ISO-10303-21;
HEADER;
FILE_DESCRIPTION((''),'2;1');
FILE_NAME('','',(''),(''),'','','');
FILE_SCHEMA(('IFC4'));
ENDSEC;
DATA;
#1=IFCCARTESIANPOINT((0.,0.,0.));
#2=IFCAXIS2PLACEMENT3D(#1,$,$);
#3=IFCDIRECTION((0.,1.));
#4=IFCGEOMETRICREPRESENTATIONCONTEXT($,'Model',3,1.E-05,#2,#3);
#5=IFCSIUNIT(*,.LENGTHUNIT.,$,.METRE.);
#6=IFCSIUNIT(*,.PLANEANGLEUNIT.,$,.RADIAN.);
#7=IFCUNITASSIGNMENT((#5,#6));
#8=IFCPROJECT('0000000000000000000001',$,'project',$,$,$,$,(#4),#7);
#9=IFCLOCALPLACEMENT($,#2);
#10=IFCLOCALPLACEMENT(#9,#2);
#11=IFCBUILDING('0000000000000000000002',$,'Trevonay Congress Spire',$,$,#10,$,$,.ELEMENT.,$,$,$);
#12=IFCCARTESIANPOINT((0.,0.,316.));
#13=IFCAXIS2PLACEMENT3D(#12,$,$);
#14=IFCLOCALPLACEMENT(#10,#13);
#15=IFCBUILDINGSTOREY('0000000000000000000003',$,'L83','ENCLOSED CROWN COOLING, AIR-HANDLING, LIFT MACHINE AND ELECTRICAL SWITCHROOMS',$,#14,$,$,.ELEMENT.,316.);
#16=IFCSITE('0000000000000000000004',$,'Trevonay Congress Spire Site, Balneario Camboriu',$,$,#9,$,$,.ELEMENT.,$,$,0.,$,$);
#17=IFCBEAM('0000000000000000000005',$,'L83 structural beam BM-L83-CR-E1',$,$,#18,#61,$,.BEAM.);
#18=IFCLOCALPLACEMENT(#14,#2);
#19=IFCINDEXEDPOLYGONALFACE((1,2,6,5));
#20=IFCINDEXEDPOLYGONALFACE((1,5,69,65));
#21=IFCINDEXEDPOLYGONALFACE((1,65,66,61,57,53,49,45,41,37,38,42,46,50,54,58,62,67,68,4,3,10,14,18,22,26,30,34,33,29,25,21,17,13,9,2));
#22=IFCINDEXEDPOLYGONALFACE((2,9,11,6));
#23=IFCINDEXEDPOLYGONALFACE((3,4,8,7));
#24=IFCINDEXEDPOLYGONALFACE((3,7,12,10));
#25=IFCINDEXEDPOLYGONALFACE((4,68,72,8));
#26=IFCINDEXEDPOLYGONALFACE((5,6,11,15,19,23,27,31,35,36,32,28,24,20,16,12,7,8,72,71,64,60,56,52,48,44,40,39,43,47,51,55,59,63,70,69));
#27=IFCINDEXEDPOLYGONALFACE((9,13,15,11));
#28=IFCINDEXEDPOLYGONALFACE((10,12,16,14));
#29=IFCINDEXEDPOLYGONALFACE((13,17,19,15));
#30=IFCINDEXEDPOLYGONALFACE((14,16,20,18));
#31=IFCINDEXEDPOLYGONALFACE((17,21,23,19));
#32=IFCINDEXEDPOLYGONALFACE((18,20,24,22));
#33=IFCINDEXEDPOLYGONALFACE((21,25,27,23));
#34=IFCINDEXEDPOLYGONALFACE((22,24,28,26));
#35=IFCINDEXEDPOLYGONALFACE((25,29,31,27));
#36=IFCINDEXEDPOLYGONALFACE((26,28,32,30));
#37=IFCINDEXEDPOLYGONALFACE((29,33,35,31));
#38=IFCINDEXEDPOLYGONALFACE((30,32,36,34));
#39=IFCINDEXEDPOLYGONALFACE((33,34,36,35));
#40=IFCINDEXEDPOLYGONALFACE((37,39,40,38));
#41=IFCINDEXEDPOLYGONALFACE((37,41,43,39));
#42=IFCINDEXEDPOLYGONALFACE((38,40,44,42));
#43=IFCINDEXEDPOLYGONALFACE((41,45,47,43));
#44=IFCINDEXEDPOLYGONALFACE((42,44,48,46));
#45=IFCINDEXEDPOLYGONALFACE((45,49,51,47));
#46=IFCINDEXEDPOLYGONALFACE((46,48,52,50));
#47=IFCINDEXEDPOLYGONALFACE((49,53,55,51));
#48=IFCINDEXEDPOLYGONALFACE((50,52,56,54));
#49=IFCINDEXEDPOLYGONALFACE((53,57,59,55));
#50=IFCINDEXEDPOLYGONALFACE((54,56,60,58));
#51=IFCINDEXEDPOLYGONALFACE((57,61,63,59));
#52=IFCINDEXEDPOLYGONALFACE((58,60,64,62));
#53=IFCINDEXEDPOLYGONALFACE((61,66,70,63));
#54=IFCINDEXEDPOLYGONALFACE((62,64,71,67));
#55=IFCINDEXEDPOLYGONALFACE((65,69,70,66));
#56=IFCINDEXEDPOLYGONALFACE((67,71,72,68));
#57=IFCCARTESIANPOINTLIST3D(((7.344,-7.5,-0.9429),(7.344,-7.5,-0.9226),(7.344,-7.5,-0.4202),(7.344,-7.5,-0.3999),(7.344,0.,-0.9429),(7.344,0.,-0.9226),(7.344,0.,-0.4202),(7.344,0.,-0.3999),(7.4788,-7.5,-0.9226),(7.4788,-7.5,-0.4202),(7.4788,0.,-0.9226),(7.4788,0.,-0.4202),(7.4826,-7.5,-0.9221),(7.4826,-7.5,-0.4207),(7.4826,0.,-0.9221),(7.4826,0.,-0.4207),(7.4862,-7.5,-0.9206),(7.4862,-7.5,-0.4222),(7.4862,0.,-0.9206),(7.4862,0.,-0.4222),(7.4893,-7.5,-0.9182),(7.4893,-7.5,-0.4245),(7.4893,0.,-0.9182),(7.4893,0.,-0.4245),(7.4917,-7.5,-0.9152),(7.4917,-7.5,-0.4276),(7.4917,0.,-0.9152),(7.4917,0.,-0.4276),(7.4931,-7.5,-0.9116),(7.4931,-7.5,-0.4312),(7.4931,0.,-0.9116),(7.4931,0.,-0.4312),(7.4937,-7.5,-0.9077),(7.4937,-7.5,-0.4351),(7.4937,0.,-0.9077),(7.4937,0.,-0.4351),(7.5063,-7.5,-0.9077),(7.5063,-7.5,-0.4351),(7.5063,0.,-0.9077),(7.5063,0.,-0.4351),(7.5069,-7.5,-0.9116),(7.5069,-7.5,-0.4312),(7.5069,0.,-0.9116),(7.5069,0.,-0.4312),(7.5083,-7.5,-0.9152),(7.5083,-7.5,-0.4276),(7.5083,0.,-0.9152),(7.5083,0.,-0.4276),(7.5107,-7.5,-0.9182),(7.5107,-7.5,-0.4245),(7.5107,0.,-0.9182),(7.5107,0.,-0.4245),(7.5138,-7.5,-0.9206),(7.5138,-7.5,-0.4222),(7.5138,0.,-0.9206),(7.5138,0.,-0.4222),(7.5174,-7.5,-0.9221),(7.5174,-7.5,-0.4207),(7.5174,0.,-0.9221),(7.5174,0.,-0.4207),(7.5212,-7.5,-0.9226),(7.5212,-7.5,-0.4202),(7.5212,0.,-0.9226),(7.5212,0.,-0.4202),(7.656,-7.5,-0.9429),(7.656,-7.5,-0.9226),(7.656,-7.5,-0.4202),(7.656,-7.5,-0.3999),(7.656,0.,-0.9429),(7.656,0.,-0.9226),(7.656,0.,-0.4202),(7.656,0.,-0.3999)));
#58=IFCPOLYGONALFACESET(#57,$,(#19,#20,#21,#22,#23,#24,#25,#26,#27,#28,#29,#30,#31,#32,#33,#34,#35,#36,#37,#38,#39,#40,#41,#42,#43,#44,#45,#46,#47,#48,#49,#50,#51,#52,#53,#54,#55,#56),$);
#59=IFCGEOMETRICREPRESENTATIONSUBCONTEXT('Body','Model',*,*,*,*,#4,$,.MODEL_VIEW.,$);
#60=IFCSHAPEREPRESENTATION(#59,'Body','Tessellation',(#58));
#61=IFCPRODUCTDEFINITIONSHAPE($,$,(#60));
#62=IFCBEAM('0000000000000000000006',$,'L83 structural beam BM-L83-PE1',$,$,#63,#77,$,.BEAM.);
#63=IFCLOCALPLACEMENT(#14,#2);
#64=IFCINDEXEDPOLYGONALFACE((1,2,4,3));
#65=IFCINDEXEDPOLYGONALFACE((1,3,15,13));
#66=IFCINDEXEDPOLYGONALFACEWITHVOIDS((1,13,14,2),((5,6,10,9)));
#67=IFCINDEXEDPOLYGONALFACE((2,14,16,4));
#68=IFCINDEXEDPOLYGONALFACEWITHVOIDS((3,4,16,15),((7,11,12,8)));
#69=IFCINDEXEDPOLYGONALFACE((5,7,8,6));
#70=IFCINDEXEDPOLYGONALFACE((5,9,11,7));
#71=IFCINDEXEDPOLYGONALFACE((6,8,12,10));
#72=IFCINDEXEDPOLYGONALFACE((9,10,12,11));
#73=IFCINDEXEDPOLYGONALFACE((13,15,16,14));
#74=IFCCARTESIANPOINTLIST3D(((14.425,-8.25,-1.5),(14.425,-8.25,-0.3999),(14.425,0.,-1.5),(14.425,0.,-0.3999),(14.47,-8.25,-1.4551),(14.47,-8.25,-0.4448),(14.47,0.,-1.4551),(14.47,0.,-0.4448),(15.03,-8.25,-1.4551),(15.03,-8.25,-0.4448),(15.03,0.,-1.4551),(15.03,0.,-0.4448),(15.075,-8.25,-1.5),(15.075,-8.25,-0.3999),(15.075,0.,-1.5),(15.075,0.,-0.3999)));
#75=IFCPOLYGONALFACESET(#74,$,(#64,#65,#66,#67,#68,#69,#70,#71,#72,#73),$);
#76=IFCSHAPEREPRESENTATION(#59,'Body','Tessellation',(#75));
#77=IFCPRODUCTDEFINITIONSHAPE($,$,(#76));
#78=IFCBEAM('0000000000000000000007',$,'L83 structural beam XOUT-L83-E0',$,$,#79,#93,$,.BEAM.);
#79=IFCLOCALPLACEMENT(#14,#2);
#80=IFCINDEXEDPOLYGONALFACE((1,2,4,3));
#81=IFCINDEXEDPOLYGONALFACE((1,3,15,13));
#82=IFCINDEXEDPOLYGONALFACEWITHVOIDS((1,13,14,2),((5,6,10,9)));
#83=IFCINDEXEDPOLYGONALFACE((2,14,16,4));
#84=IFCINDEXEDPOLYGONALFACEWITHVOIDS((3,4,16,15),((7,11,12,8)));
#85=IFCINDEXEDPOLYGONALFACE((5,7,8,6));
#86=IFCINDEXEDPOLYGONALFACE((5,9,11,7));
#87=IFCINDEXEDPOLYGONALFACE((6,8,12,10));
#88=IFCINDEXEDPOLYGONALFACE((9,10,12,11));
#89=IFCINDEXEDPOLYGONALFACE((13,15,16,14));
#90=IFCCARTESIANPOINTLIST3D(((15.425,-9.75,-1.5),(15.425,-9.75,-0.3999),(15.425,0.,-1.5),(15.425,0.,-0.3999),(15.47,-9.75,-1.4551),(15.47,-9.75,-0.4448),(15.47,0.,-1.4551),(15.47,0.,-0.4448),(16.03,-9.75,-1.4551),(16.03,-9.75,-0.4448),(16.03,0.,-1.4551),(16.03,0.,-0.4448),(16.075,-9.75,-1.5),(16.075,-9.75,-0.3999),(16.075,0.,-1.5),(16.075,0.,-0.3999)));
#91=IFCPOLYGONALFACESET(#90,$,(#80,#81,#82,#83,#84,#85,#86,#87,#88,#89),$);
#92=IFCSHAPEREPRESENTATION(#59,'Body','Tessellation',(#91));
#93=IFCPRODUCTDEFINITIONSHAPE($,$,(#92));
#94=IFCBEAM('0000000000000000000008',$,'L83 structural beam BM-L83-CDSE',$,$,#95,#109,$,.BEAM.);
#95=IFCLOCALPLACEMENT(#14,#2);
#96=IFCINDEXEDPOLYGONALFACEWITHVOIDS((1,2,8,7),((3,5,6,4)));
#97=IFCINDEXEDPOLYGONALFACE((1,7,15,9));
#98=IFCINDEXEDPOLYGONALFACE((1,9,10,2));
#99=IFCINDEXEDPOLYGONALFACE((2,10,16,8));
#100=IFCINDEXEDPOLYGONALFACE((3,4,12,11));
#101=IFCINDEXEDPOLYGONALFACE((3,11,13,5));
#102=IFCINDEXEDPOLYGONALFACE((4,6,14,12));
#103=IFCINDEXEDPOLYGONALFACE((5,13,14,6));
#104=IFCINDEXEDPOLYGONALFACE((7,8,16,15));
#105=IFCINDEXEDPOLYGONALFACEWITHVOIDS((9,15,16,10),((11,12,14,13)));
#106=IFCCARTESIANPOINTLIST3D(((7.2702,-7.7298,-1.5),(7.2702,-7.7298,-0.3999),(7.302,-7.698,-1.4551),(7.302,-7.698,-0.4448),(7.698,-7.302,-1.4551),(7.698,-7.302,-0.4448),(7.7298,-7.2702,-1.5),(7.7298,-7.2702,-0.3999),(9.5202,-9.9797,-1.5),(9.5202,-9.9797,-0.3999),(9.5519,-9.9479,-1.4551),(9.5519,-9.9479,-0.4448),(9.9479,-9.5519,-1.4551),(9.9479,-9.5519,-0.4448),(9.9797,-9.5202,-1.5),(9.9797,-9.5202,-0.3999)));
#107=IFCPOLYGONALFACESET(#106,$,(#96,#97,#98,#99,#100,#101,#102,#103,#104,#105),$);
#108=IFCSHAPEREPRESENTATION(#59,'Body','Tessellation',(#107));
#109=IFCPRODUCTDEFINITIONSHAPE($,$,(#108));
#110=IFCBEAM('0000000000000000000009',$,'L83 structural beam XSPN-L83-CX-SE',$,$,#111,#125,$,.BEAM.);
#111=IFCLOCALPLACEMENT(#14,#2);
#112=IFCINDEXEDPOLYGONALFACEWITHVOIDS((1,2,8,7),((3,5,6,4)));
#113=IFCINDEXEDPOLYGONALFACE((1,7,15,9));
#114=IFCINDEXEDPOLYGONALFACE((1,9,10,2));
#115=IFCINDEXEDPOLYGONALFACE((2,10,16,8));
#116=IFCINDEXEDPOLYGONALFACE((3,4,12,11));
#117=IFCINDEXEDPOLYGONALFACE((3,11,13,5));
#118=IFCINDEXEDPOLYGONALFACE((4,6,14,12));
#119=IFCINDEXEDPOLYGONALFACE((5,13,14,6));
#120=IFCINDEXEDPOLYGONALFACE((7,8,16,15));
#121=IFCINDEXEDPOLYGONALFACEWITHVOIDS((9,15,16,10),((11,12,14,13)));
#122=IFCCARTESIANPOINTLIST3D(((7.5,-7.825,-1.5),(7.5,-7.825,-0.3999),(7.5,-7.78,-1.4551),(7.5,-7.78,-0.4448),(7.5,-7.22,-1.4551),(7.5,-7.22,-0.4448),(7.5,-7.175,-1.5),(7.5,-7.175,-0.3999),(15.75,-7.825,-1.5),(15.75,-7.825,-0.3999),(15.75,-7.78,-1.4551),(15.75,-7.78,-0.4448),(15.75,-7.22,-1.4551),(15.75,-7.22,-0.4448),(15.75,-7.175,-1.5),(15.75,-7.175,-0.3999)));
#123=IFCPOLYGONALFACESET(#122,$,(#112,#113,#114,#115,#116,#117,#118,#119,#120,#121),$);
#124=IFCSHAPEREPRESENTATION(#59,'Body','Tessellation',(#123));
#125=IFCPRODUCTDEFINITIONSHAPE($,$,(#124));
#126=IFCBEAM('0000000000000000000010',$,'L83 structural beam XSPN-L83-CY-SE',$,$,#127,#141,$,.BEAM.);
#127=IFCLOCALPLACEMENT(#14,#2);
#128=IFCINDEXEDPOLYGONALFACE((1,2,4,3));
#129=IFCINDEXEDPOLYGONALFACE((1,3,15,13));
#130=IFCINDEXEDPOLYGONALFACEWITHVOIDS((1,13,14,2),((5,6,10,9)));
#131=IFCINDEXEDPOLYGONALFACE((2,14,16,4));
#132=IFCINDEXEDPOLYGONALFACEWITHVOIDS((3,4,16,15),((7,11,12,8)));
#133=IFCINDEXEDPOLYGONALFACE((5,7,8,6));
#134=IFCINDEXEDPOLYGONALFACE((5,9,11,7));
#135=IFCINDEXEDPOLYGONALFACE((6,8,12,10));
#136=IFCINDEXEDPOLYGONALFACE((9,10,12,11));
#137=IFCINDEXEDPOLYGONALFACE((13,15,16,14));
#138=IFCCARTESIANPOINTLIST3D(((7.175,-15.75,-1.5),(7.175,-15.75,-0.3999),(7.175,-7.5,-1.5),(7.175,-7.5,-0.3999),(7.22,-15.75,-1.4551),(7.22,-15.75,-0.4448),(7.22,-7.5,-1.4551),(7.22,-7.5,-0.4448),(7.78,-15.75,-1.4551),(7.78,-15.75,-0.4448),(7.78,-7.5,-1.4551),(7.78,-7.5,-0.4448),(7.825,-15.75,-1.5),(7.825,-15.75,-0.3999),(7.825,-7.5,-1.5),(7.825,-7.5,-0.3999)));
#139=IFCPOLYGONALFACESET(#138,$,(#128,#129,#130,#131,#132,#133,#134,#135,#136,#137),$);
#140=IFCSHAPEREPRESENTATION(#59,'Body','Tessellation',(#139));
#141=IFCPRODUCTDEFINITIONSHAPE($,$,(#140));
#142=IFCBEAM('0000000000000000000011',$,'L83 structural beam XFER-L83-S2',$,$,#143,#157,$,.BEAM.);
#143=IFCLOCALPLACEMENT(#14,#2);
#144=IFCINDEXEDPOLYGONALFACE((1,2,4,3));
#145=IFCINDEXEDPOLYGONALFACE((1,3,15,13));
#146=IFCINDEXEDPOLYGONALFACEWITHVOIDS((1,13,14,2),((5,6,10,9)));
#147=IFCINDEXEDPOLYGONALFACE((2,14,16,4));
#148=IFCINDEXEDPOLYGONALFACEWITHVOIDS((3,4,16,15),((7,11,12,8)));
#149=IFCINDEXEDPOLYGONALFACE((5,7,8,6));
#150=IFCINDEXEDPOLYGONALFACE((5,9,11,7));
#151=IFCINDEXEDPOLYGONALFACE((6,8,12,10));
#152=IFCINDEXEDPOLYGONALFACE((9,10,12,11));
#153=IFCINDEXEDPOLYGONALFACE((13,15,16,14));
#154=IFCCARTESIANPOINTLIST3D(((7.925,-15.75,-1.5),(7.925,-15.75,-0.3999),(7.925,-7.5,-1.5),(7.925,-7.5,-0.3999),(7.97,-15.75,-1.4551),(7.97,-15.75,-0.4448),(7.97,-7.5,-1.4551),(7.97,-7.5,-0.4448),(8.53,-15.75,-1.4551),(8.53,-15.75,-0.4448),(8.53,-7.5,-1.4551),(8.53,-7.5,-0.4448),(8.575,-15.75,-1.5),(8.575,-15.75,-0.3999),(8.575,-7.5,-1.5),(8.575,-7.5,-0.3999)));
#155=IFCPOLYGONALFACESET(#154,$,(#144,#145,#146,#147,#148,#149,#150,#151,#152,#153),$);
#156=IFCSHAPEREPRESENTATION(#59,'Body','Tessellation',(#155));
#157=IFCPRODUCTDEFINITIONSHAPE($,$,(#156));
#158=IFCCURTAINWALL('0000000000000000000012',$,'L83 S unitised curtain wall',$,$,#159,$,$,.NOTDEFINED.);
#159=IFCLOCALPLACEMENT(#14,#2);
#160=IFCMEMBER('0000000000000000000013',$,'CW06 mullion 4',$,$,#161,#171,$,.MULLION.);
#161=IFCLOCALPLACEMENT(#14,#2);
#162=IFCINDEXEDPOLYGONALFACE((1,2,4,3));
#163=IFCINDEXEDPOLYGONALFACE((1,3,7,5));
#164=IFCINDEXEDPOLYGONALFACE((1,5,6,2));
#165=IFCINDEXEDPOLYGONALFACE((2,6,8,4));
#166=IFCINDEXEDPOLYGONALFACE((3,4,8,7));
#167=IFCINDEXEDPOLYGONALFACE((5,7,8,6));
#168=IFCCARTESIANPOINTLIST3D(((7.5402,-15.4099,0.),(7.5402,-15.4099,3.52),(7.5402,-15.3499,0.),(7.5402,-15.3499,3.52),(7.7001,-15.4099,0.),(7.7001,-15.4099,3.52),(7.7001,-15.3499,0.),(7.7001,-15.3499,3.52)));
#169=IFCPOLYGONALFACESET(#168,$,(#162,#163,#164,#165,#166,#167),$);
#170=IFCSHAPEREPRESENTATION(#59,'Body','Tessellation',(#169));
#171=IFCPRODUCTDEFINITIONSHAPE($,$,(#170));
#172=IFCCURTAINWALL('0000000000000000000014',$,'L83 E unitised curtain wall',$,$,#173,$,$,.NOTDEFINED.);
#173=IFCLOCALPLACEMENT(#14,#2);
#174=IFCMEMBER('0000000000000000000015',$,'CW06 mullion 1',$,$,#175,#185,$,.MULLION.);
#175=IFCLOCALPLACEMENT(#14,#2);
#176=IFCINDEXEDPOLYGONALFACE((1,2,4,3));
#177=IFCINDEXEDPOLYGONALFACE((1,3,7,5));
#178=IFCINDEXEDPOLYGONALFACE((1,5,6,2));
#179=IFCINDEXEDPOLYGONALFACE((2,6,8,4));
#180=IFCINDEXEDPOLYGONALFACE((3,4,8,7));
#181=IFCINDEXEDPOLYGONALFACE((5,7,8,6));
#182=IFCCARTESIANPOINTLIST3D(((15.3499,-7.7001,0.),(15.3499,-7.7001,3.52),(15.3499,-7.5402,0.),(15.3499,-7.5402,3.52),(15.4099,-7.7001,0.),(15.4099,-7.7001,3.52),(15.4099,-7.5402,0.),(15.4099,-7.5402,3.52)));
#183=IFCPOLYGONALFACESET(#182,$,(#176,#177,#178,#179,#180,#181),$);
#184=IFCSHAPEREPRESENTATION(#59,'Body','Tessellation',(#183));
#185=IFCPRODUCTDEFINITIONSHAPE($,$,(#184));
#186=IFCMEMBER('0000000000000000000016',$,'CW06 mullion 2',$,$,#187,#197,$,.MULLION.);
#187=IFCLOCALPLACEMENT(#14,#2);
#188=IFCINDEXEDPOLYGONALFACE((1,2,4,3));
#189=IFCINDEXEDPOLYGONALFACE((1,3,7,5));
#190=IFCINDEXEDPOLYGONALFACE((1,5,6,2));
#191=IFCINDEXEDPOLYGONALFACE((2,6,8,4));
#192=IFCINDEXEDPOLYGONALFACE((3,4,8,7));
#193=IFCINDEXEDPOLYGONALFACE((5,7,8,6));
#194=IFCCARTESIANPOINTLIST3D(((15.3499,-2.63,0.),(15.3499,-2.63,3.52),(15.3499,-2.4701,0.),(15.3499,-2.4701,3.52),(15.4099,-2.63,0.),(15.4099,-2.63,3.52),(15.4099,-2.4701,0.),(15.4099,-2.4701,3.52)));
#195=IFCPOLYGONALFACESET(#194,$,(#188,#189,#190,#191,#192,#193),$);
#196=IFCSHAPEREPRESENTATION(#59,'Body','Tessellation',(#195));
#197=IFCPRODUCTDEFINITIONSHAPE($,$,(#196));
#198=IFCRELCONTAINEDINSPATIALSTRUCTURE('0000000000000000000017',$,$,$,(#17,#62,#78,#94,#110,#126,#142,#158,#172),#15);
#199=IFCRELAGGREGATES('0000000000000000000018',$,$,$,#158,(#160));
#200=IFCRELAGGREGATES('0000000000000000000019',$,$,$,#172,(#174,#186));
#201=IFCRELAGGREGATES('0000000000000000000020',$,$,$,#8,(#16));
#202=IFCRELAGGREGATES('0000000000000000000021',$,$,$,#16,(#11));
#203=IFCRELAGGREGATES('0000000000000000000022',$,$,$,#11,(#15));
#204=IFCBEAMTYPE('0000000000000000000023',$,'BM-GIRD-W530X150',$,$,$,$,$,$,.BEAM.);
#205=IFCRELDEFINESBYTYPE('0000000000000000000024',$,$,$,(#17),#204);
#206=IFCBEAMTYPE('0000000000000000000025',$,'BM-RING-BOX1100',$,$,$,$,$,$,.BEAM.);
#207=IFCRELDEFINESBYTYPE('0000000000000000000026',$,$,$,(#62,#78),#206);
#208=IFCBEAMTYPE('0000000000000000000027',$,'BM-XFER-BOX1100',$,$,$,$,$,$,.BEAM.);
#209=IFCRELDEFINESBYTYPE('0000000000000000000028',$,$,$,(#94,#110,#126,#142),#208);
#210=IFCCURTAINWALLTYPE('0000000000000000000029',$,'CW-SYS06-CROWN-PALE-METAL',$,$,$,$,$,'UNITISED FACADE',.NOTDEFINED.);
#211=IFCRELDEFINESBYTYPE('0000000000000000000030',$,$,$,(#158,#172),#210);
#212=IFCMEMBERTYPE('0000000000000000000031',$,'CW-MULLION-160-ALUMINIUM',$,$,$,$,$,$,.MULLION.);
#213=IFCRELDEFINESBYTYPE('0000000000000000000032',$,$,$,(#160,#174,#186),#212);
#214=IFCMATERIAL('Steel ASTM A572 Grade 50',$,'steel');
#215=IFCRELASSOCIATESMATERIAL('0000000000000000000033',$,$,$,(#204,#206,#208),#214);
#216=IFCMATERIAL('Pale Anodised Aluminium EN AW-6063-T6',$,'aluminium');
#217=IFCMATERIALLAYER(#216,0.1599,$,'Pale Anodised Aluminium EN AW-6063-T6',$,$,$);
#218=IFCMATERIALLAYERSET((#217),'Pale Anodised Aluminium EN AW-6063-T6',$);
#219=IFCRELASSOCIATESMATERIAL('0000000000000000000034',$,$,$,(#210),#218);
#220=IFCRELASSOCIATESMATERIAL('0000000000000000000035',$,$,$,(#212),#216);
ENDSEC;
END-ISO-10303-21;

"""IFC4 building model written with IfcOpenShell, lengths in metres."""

from ifc_helpers import new_model, si_unit, direction, frame, origin, origin_2d, place, context, subcontext, project, spatial, rectangle, hollow_rectangle, i_section, extrude, material, layer, layer_set, material_profile, profile_set, type_object, element, aggregate, save


model = new_model("IFC4")

# Units and contexts
model_context = context("Model", 3, precision=1e-05, world=origin(), true_north=direction((0.0, 1.0)))
body_context = subcontext(model_context, "Body", "Model", "MODEL_VIEW")
ifc_project = project(units=[si_unit("LENGTHUNIT", "METRE"), si_unit("PLANEANGLEUNIT", "RADIAN")], contexts=[model_context])

# Site, building, storey
site_placement = place(None, origin())
site = spatial("IfcSite", under=ifc_project, at=site_placement, Name="Trevonay Congress Spire Site, Balneario Camboriu", CompositionType="ELEMENT", RefElevation=0.0)
building_placement = place(site_placement, origin())
building = spatial("IfcBuilding", under=site, at=building_placement, Name="Trevonay Congress Spire", CompositionType="ELEMENT")
storey_placement = place(building_placement, frame((0.0, 0.0, 316.0)))
storey = spatial("IfcBuildingStorey", under=building, at=storey_placement, Name="L83", Description="ENCLOSED CROWN COOLING, AIR-HANDLING, LIFT MACHINE AND ELECTRICAL SWITCHROOMS", CompositionType="ELEMENT", Elevation=316.0)

# Shared definitions
ifc_material_1 = material(Name="Steel ASTM A572 Grade 50", Category="steel")

# Beams
ifc_material_profile_1 = material_profile(ifc_material_1, i_section(OverallWidth=0.312, OverallDepth=0.543, WebThickness=0.0127, FlangeThickness=0.0203, FilletRadius=0.0149, at=origin_2d()), Name="W530x150")
ifc_profile_set_1 = profile_set([ifc_material_profile_1], Name="Steel ASTM A572 Grade 50")
beam_type_1 = type_object("IfcBeamType", Name="BM-GIRD-W530X150", PredefinedType="BEAM", material=ifc_profile_set_1)
beam_1_placement = place(storey_placement, frame((7.5, -7.5, -0.6714), z_axis=(0.0, 1.0, 0.0), x_axis=(-1.0, 0.0, 0.0)))
element("IfcBeam", 1, at=beam_1_placement, inside=storey, type_object=beam_type_1, Name="L83 structural beam BM-L83-CR-E1", PredefinedType="BEAM", context=body_context, shape_type="SweptSolid", body=[
    extrude(i_section(OverallWidth=0.312, OverallDepth=0.543, WebThickness=0.0127, FlangeThickness=0.0203, FilletRadius=0.0149, at=origin_2d()), origin(), (0.0, 0.0, 1.0), 7.5),
])
ifc_material_profile_2 = material_profile(ifc_material_1, hollow_rectangle(XDim=0.6499, YDim=1.1001, WallThickness=0.0449, at=origin_2d()), Name="BOX 1100x650x45")
ifc_profile_set_2 = profile_set([ifc_material_profile_2], Name="Steel ASTM A572 Grade 50")
beam_type_2 = type_object("IfcBeamType", Name="BM-RING-BOX1100", PredefinedType="BEAM", material=ifc_profile_set_2)
beam_2_placement = place(storey_placement, frame((14.75, -8.25, -0.95), z_axis=(0.0, 1.0, 0.0), x_axis=(-1.0, 0.0, 0.0)))
element("IfcBeam", 2, at=beam_2_placement, inside=storey, type_object=beam_type_2, Name="L83 structural beam BM-L83-PE1", PredefinedType="BEAM", context=body_context, shape_type="SweptSolid", body=[
    extrude(hollow_rectangle(XDim=0.6499, YDim=1.1001, WallThickness=0.0449, at=origin_2d()), origin(), (0.0, 0.0, 1.0), 8.25),
])
beam_3_placement = place(storey_placement, frame((15.75, -9.75, -0.95), z_axis=(0.0, 1.0, 0.0), x_axis=(-1.0, 0.0, 0.0)))
element("IfcBeam", 3, at=beam_3_placement, inside=storey, type_object=beam_type_2, Name="L83 structural beam XOUT-L83-E0", PredefinedType="BEAM", context=body_context, shape_type="SweptSolid", body=[
    extrude(hollow_rectangle(XDim=0.6499, YDim=1.1001, WallThickness=0.0449, at=origin_2d()), origin(), (0.0, 0.0, 1.0), 9.75),
])
ifc_material_profile_3 = material_profile(ifc_material_1, hollow_rectangle(XDim=0.6499, YDim=1.1001, WallThickness=0.0449, at=origin_2d()), Name="BOX 1100x650x45")
ifc_profile_set_3 = profile_set([ifc_material_profile_3], Name="Steel ASTM A572 Grade 50")
beam_type_3 = type_object("IfcBeamType", Name="BM-XFER-BOX1100", PredefinedType="BEAM", material=ifc_profile_set_3)
beam_4_placement = place(storey_placement, frame((7.5, -7.5, -0.95), z_axis=(0.707107, -0.707107, 0.0), x_axis=(0.707107, 0.707107, 0.0)))
element("IfcBeam", 4, at=beam_4_placement, inside=storey, type_object=beam_type_3, Name="L83 structural beam BM-L83-CDSE", PredefinedType="BEAM", context=body_context, shape_type="SweptSolid", body=[
    extrude(hollow_rectangle(XDim=0.6499, YDim=1.1001, WallThickness=0.0449, at=origin_2d()), origin(), (0.0, 0.0, 1.0), 3.1819),
])
for number, where, z_axis, x_axis, name in (
    (5, (7.5, -7.5, -0.95), (1.0, 0.0, 0.0), (0.0, 1.0, 0.0), "L83 structural beam XSPN-L83-CX-SE"),
    (6, (7.5, -7.5, -0.95), (0.0, -1.0, 0.0), (1.0, 0.0, 0.0), "L83 structural beam XSPN-L83-CY-SE"),
    (7, (8.25, -7.5, -0.95), (0.0, -1.0, 0.0), (1.0, 0.0, 0.0), "L83 structural beam XFER-L83-S2"),
):
    element("IfcBeam", number, at=place(storey_placement, frame(where, z_axis=z_axis, x_axis=x_axis)), inside=storey, type_object=beam_type_3, Name=name, PredefinedType="BEAM", context=body_context, shape_type="SweptSolid", body=[
        extrude(hollow_rectangle(XDim=0.6499, YDim=1.1001, WallThickness=0.0449, at=origin_2d()), origin(), (0.0, 0.0, 1.0), 8.25),
    ])

# Curtain wall, member
ifc_material_2 = material(Name="Pale Anodised Aluminium EN AW-6063-T6", Category="aluminium")
ifc_layer_1 = layer(ifc_material_2, 0.1599, Name="Pale Anodised Aluminium EN AW-6063-T6")
ifc_layer_set_1 = layer_set([ifc_layer_1], Name="Pale Anodised Aluminium EN AW-6063-T6")
curtain_wall_type = type_object("IfcCurtainWallType", Name="CW-SYS06-CROWN-PALE-METAL", ElementType="UNITISED FACADE", PredefinedType="NOTDEFINED", material=ifc_layer_set_1)
curtain_wall_1_placement = place(storey_placement, origin())
curtain_wall_1 = element("IfcCurtainWall", 8, at=curtain_wall_1_placement, inside=storey, type_object=curtain_wall_type, Name="L83 S unitised curtain wall", PredefinedType="NOTDEFINED")
ifc_material_profile_4 = material_profile(ifc_material_2, rectangle(XDim=0.0601, YDim=0.1599, at=origin_2d()), Name="CW-MULLION-160-ALUMINIUM")
ifc_profile_set_4 = profile_set([ifc_material_profile_4], Name="Pale Anodised Aluminium EN AW-6063-T6")
member_type_1 = type_object("IfcMemberType", Name="CW-MULLION-160-ALUMINIUM", PredefinedType="MULLION", material=ifc_profile_set_4)
member_1_placement = place(storey_placement, frame((7.6201, -15.3799, 0.0), z_axis=(0.0, 0.0, 1.0), x_axis=(0.0, 1.0, 0.0)))
member_1 = element("IfcMember", 9, at=member_1_placement, type_object=member_type_1, Name="CW06 mullion 4", PredefinedType="MULLION", context=body_context, shape_type="SweptSolid", body=[
    extrude(rectangle(XDim=0.0601, YDim=0.1599, at=origin_2d()), origin(), (0.0, 0.0, 1.0), 3.52),
])
aggregate(curtain_wall_1, [member_1])

# Curtain wall, members
curtain_wall_2_placement = place(storey_placement, origin())
curtain_wall_2 = element("IfcCurtainWall", 10, at=curtain_wall_2_placement, inside=storey, type_object=curtain_wall_type, Name="L83 E unitised curtain wall", PredefinedType="NOTDEFINED")
member_2_placement = place(storey_placement, frame((15.3799, -7.6201, 0.0), z_axis=(0.0, 0.0, 1.0), x_axis=(-1.0, 0.0, 0.0)))
member_2 = element("IfcMember", 11, at=member_2_placement, type_object=member_type_1, Name="CW06 mullion 1", PredefinedType="MULLION", context=body_context, shape_type="SweptSolid", body=[
    extrude(rectangle(XDim=0.0601, YDim=0.1599, at=origin_2d()), origin(), (0.0, 0.0, 1.0), 3.52),
])
member_3_placement = place(storey_placement, frame((15.3799, -2.55, 0.0), z_axis=(0.0, 0.0, 1.0), x_axis=(-1.0, 0.0, 0.0)))
member_3 = element("IfcMember", 12, at=member_3_placement, type_object=member_type_1, Name="CW06 mullion 2", PredefinedType="MULLION", context=body_context, shape_type="SweptSolid", body=[
    extrude(rectangle(XDim=0.0601, YDim=0.1599, at=origin_2d()), origin(), (0.0, 0.0, 1.0), 3.52),
])

aggregate(curtain_wall_2, [member_2, member_3])

save(model, "model.ifc")
